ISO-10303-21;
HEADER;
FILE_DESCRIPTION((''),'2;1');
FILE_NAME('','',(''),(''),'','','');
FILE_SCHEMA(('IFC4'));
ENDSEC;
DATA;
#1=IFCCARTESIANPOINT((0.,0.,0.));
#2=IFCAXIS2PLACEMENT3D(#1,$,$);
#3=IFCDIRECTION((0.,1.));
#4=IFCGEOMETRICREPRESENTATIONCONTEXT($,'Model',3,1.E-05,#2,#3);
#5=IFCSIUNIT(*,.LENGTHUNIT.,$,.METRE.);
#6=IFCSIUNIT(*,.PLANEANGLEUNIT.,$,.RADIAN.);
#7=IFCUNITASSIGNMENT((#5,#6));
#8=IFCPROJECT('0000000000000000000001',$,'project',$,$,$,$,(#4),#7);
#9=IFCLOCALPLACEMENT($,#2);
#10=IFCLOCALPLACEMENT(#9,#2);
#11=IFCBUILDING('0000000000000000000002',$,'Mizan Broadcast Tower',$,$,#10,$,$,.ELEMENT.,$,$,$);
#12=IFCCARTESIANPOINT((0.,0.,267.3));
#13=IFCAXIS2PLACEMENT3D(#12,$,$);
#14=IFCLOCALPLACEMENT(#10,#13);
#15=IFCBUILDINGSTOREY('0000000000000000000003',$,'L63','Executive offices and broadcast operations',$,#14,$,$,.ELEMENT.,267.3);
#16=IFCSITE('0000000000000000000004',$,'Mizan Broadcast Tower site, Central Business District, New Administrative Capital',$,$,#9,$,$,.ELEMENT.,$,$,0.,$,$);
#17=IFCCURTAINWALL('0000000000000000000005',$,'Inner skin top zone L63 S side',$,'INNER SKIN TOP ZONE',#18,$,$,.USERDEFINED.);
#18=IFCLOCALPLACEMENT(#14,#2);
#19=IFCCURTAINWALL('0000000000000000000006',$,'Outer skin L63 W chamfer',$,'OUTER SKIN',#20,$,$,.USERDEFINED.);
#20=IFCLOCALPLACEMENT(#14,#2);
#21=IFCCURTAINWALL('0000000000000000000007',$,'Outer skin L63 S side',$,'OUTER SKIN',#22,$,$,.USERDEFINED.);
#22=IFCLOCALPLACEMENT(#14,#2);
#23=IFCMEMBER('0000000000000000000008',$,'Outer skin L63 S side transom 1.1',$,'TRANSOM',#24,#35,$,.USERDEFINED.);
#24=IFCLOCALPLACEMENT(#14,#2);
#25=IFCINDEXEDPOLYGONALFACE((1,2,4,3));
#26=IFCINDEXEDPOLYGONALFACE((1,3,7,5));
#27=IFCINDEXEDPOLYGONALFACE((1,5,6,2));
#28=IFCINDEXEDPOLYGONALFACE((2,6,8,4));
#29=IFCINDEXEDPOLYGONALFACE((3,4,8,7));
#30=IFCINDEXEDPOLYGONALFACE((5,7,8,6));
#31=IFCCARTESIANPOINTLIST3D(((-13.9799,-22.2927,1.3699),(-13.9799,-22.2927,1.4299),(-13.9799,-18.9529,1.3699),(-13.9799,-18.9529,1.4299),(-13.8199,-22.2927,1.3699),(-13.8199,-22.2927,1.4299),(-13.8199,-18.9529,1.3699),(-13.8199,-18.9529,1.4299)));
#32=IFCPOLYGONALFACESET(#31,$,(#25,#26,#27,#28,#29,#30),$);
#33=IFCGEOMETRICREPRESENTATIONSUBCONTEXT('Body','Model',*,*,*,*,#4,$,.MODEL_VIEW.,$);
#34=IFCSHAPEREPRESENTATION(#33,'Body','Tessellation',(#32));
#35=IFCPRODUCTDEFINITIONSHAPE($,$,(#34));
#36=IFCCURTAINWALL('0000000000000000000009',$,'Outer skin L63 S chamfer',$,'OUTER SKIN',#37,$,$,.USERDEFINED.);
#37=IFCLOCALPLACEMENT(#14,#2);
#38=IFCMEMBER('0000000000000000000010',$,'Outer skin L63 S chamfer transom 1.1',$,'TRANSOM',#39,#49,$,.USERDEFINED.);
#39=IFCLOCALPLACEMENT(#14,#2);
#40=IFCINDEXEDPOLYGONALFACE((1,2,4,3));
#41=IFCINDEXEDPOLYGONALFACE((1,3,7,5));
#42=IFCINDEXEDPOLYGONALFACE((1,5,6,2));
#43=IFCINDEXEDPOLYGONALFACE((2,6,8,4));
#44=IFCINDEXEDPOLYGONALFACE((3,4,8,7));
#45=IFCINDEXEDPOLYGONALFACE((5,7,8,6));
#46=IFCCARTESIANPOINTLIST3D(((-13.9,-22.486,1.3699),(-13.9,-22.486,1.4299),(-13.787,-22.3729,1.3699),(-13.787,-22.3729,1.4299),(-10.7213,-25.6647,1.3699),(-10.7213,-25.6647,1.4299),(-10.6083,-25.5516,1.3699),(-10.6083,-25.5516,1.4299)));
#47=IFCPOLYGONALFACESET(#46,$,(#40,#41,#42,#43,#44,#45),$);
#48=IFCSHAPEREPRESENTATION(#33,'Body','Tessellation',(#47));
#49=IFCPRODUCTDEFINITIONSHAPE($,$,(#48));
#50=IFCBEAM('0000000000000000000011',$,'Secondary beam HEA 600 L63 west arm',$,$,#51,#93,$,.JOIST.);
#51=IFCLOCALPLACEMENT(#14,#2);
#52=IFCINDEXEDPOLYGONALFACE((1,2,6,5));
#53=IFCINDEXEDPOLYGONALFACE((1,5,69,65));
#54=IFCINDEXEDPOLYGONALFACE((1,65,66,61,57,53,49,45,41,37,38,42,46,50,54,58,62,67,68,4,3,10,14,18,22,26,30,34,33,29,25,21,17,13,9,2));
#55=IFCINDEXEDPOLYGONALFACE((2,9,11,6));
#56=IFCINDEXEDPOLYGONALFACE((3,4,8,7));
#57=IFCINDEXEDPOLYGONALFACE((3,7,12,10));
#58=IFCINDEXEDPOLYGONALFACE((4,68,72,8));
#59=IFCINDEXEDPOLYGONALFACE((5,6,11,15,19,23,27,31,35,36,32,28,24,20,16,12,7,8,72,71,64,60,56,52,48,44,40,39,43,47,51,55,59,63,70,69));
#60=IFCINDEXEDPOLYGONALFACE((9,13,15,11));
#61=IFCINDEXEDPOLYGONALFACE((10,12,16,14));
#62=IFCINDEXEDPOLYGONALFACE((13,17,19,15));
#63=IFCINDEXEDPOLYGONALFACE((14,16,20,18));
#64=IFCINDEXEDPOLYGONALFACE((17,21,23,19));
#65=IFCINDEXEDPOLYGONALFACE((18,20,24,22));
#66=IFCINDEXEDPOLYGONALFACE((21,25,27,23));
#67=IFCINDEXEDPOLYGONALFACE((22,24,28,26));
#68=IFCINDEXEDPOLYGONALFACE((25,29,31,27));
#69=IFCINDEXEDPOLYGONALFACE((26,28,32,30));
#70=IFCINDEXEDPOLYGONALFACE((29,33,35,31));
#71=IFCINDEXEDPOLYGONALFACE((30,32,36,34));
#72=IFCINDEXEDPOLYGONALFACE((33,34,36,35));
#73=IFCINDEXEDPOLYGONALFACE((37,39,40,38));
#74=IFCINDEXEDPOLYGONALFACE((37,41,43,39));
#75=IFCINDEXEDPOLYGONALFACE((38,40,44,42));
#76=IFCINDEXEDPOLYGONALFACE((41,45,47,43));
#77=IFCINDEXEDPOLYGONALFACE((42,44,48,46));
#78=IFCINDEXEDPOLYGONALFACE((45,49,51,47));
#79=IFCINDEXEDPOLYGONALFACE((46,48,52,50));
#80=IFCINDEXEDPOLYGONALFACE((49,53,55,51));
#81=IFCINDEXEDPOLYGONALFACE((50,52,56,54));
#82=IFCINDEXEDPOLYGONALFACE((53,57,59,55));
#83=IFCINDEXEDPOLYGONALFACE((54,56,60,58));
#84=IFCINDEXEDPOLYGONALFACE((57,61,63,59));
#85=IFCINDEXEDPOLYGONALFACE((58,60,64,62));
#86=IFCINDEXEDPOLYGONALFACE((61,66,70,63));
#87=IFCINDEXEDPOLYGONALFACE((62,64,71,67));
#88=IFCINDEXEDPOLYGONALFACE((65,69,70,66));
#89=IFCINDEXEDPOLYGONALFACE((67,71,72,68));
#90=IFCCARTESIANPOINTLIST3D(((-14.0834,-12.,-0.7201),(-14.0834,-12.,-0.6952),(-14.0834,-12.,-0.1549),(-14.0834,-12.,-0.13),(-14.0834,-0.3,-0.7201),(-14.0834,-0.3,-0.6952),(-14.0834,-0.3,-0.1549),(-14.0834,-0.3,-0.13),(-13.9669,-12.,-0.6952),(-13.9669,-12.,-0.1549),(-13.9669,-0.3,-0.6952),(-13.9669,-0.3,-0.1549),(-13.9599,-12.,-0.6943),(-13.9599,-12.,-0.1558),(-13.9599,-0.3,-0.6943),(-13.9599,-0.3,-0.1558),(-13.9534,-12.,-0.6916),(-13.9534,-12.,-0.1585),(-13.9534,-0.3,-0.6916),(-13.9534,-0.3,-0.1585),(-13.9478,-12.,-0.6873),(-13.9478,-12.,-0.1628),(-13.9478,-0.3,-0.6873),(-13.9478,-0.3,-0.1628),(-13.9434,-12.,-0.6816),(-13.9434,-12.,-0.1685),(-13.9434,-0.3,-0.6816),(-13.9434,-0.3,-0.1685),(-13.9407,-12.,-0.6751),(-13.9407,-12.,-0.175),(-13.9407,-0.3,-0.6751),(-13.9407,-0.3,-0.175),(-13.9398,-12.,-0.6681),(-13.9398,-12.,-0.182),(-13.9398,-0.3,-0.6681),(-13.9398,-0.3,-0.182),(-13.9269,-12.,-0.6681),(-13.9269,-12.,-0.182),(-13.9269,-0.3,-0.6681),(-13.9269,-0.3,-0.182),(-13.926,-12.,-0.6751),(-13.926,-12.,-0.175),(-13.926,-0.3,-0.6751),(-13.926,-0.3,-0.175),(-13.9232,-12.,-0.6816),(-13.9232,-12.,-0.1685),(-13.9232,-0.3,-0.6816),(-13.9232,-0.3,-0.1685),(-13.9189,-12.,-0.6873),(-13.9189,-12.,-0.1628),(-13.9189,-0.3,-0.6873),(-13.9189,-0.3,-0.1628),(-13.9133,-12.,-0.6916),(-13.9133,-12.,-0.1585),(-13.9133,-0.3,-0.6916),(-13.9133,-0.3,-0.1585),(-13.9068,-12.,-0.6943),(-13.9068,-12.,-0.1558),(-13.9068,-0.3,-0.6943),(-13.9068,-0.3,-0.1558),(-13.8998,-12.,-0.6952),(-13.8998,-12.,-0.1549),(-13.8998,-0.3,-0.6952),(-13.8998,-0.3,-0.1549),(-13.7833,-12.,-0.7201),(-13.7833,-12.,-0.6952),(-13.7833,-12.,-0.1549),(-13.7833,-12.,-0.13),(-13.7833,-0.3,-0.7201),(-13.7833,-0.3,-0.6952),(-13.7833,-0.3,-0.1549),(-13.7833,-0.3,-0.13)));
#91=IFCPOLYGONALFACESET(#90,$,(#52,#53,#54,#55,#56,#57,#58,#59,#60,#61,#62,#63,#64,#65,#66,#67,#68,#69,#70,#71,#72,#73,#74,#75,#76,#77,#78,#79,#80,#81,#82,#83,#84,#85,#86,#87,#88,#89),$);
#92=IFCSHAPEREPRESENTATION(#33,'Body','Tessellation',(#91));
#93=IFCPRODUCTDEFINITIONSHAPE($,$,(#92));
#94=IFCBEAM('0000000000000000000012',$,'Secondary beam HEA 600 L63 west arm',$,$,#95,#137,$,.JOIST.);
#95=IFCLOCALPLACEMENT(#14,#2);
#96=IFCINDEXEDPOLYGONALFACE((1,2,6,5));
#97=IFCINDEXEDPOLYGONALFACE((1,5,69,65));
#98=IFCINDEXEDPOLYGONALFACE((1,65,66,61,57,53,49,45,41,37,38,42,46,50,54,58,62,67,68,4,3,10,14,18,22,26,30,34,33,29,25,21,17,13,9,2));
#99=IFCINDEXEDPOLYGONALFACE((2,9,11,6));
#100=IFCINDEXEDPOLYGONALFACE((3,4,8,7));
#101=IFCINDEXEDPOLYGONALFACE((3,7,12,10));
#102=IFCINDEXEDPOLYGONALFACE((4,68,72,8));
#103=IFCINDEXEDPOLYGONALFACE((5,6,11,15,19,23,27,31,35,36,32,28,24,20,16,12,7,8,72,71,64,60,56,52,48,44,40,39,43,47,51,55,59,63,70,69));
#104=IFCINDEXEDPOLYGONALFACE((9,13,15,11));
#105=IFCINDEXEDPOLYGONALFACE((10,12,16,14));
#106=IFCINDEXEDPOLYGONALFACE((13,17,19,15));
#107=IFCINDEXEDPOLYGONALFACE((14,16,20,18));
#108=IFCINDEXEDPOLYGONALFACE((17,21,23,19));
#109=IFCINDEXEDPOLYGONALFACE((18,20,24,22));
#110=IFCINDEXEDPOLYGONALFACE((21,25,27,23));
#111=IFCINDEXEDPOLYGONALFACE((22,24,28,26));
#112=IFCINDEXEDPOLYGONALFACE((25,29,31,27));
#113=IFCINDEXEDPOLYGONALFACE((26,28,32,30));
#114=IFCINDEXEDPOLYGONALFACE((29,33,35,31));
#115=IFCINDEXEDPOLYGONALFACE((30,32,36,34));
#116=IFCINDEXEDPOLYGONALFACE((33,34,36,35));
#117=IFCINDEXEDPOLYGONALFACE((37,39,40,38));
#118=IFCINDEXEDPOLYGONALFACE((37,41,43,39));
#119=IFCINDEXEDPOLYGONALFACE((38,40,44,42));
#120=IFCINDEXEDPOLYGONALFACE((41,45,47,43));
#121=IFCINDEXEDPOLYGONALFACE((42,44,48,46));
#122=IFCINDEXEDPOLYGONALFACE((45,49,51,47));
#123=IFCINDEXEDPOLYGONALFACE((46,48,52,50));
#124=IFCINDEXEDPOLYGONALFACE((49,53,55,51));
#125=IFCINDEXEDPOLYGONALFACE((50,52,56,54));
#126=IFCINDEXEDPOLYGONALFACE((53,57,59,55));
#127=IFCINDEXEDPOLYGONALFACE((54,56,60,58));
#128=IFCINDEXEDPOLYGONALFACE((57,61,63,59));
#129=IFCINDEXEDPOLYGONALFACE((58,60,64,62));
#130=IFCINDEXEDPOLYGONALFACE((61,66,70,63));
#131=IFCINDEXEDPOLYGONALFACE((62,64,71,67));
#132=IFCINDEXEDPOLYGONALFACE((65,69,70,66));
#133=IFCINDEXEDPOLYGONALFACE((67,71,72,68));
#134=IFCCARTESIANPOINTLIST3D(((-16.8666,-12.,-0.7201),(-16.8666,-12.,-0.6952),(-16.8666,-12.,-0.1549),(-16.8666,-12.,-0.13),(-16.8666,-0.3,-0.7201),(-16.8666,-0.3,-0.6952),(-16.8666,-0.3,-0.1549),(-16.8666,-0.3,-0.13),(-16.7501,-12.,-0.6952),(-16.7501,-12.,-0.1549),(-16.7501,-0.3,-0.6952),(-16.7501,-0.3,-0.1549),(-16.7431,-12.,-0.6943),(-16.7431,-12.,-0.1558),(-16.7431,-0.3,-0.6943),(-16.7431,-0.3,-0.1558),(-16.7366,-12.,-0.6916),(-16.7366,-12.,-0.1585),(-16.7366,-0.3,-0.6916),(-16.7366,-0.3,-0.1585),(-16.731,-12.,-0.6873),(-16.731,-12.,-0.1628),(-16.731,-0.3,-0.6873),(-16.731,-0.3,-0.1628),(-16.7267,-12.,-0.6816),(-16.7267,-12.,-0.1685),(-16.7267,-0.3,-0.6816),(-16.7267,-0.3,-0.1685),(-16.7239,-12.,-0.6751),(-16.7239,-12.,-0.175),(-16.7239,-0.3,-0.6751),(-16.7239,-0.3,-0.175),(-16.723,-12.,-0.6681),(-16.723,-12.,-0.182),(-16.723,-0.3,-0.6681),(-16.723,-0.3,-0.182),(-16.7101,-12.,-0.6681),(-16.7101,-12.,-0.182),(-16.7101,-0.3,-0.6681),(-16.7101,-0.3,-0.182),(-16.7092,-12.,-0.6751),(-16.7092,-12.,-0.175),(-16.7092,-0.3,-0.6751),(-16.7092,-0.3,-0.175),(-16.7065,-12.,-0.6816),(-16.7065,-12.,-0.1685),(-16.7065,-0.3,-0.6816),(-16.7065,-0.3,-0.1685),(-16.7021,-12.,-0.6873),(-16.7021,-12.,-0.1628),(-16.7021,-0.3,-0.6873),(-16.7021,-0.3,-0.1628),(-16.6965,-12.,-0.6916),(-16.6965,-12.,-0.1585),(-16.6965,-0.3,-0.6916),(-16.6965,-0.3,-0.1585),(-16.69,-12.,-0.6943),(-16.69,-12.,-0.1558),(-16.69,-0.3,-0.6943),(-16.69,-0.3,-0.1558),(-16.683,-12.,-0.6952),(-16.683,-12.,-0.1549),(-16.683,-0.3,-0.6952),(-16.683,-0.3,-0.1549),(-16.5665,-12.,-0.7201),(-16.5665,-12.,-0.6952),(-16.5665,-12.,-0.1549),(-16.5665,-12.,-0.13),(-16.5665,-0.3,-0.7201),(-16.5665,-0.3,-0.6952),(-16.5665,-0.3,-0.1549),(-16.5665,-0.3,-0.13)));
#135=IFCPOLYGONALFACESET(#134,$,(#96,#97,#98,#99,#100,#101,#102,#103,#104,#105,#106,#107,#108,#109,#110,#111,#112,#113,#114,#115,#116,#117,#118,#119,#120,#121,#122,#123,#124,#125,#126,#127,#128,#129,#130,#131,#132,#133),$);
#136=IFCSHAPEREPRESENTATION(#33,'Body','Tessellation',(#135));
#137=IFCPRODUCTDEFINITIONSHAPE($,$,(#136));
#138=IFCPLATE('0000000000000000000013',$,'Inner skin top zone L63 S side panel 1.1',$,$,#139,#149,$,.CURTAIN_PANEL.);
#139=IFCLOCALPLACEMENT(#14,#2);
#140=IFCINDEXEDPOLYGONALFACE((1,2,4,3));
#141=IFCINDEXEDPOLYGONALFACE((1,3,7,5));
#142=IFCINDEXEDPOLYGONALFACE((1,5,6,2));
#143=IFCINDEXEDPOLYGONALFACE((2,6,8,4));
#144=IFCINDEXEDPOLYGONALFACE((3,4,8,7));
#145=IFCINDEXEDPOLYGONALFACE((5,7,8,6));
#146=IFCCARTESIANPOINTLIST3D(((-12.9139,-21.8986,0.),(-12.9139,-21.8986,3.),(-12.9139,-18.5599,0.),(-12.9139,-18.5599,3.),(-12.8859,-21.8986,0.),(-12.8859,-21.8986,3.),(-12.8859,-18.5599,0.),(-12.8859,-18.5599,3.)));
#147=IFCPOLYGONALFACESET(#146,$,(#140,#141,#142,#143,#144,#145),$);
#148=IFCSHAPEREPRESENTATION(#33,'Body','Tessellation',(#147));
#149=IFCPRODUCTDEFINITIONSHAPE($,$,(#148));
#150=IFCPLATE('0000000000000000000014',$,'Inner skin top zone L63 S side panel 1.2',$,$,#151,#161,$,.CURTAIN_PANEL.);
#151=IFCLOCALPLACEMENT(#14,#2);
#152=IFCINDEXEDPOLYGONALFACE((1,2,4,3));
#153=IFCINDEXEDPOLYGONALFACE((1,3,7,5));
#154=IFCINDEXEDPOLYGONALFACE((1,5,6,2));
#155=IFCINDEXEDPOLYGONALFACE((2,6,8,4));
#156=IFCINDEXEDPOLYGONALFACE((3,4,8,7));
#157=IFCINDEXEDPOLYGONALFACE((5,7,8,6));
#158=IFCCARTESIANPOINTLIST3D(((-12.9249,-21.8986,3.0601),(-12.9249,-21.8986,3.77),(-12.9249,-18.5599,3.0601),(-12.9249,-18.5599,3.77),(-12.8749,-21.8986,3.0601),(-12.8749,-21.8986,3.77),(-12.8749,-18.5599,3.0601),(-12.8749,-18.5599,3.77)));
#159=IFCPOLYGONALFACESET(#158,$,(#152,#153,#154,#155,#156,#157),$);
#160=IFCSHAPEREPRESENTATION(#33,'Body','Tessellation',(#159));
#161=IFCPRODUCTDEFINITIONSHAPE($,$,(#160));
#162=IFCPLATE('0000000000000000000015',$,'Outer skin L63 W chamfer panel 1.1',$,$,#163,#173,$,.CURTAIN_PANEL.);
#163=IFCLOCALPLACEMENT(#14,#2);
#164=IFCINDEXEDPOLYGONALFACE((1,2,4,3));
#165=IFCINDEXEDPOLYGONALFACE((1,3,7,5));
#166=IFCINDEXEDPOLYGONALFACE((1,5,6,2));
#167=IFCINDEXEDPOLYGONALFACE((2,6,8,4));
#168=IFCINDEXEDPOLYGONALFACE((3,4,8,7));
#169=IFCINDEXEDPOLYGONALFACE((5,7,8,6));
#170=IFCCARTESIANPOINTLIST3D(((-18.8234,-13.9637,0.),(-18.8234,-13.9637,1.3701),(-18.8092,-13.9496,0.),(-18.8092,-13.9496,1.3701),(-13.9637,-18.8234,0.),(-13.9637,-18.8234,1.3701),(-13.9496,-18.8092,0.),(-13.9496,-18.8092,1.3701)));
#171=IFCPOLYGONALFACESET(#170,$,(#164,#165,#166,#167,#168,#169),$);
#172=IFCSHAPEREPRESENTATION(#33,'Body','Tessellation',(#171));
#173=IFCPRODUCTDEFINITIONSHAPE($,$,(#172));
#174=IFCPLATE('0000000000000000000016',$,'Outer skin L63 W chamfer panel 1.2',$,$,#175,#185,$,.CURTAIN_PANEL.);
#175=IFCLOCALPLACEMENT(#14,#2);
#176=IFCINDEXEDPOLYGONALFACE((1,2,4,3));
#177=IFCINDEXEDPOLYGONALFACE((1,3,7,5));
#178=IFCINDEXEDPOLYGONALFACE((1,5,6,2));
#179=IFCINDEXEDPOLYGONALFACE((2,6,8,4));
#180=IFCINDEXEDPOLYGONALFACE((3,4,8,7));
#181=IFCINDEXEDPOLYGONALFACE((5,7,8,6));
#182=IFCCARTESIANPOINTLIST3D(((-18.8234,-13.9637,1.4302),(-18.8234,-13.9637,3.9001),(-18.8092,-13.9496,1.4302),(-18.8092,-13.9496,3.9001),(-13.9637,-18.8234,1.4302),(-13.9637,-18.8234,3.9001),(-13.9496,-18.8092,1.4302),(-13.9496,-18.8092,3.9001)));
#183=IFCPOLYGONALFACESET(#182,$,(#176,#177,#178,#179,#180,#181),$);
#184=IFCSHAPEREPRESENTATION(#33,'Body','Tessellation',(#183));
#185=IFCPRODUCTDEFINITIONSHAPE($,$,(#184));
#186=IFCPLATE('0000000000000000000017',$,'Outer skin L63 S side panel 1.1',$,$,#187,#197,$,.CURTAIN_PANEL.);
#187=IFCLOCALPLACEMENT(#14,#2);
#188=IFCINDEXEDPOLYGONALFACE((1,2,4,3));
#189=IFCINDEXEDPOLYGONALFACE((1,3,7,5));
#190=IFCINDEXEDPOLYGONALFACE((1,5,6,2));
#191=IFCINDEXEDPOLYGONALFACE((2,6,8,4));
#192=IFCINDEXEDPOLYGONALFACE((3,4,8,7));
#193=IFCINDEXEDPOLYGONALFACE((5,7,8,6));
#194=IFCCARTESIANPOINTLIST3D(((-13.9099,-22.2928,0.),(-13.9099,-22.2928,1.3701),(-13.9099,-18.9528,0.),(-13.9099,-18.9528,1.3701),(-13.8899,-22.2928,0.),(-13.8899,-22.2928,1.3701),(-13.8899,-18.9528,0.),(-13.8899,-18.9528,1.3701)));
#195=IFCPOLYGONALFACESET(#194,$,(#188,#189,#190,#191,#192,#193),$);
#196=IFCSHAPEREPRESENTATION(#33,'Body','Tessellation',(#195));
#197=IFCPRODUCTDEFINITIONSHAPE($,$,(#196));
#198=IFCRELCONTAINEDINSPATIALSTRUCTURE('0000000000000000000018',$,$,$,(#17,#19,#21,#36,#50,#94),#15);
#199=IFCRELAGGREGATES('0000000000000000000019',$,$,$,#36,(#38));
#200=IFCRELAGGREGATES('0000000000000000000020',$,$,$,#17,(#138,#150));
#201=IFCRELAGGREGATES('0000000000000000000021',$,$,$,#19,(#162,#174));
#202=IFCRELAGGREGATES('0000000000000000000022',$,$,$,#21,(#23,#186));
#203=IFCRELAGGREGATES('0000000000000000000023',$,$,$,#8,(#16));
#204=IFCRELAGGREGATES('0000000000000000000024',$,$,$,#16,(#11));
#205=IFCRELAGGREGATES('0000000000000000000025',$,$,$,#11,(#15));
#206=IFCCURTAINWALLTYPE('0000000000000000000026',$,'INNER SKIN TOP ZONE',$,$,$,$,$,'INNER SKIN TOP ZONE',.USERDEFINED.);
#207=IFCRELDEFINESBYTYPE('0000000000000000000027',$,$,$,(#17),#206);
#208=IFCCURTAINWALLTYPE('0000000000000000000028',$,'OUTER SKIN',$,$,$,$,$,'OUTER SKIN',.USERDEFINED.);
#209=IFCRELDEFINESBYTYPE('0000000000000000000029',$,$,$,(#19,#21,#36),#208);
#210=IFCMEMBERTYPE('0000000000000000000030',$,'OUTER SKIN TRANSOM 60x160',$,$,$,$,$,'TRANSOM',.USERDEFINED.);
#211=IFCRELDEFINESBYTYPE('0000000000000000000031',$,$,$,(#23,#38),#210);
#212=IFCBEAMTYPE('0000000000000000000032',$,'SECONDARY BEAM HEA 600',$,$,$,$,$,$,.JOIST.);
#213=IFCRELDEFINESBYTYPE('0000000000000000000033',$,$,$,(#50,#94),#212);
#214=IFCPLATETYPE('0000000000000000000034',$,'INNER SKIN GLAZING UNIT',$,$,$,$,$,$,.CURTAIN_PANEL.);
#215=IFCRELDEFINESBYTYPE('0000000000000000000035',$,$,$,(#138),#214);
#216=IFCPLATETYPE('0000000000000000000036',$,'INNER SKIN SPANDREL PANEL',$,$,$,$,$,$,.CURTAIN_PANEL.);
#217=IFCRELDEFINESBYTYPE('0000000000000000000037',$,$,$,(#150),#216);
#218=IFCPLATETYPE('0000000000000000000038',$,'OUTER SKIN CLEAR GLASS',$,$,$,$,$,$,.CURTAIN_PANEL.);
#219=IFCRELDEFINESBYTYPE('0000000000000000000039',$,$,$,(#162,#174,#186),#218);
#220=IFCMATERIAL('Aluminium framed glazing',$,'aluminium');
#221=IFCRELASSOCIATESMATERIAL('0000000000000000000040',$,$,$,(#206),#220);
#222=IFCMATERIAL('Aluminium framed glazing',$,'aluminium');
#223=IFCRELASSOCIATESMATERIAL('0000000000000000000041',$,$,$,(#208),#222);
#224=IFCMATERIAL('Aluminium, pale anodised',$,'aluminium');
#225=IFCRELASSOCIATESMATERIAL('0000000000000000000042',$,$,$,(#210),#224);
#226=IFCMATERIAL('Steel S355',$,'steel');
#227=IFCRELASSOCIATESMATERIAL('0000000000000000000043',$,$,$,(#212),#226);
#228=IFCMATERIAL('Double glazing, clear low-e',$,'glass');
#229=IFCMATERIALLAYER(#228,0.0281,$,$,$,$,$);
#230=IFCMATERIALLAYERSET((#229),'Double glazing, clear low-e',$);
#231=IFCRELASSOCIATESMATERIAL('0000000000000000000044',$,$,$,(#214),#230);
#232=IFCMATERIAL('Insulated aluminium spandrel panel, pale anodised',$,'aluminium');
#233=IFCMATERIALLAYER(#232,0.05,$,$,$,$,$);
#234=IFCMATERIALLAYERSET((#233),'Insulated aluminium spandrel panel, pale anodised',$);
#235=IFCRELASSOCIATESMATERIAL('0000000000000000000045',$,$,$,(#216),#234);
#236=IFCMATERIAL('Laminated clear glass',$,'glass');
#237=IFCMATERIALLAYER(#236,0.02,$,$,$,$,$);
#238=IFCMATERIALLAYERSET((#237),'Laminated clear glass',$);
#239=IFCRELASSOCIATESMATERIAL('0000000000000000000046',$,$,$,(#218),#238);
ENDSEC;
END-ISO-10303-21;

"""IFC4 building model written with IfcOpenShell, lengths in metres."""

from ifc_helpers import new_model, si_unit, direction, frame, origin, origin_2d, place, context, subcontext, project, spatial, rectangle, i_section, extrude, material, layer, layer_set, material_profile, profile_set, type_object, element, aggregate, save


model = new_model("IFC4")

# Units and contexts
model_context = context("Model", 3, precision=1e-05, world=origin(), true_north=direction((0.0, 1.0)))
body_context = subcontext(model_context, "Body", "Model", "MODEL_VIEW")
ifc_project = project(units=[si_unit("LENGTHUNIT", "METRE"), si_unit("PLANEANGLEUNIT", "RADIAN")], contexts=[model_context])

# Site, building, storey
site_placement = place(None, origin())
site = spatial("IfcSite", under=ifc_project, at=site_placement, Name="Mizan Broadcast Tower site, Central Business District, New Administrative Capital", CompositionType="ELEMENT", RefElevation=0.0)
building_placement = place(site_placement, origin())
building = spatial("IfcBuilding", under=site, at=building_placement, Name="Mizan Broadcast Tower", CompositionType="ELEMENT")
storey_placement = place(building_placement, frame((0.0, 0.0, 267.3)))
storey = spatial("IfcBuildingStorey", under=building, at=storey_placement, Name="L63", Description="Executive offices and broadcast operations", CompositionType="ELEMENT", Elevation=267.3)

# Shared definitions
ifc_material_1 = material(Name="Aluminium framed glazing", Category="aluminium")
curtain_wall_type_1 = type_object("IfcCurtainWallType", Name="INNER SKIN TOP ZONE", ElementType="INNER SKIN TOP ZONE", PredefinedType="USERDEFINED", material=ifc_material_1)

# Curtain wall
curtain_wall_1_placement = place(storey_placement, origin())
curtain_wall_1 = element("IfcCurtainWall", 1, at=curtain_wall_1_placement, inside=storey, type_object=curtain_wall_type_1, Name="Inner skin top zone L63 S side", ObjectType="INNER SKIN TOP ZONE", PredefinedType="USERDEFINED")

# Curtain walls
ifc_material_2 = material(Name="Aluminium framed glazing", Category="aluminium")
curtain_wall_type_2 = type_object("IfcCurtainWallType", Name="OUTER SKIN", ElementType="OUTER SKIN", PredefinedType="USERDEFINED", material=ifc_material_2)
curtain_wall_2_placement = place(storey_placement, origin())
curtain_wall_2 = element("IfcCurtainWall", 2, at=curtain_wall_2_placement, inside=storey, type_object=curtain_wall_type_2, Name="Outer skin L63 W chamfer", ObjectType="OUTER SKIN", PredefinedType="USERDEFINED")
curtain_wall_3_placement = place(storey_placement, origin())
curtain_wall_3 = element("IfcCurtainWall", 3, at=curtain_wall_3_placement, inside=storey, type_object=curtain_wall_type_2, Name="Outer skin L63 S side", ObjectType="OUTER SKIN", PredefinedType="USERDEFINED")

# Member
ifc_material_3 = material(Name="Aluminium, pale anodised", Category="aluminium")
ifc_material_profile_1 = material_profile(ifc_material_3, rectangle(XDim=0.1599, YDim=0.0601, at=origin_2d()), Name="TRANSOM 160x60")
ifc_profile_set_1 = profile_set([ifc_material_profile_1], Name="Aluminium, pale anodised")
member_type_1 = type_object("IfcMemberType", Name="OUTER SKIN TRANSOM 60x160", ElementType="TRANSOM", PredefinedType="USERDEFINED", material=ifc_profile_set_1)
member_1_placement = place(storey_placement, frame((-13.8999, -18.9529, 1.3999), z_axis=(0.0, -1.0, 0.0), x_axis=(1.0, 0.0, 0.0)))
member_1 = element("IfcMember", 4, at=member_1_placement, type_object=member_type_1, Name="Outer skin L63 S side transom 1.1", ObjectType="TRANSOM", PredefinedType="USERDEFINED", context=body_context, shape_type="SweptSolid", body=[
    extrude(rectangle(XDim=0.1599, YDim=0.0601, at=origin_2d()), origin(), (0.0, 0.0, 1.0), 3.3398),
])

# Curtain wall, member
curtain_wall_4_placement = place(storey_placement, origin())
curtain_wall_4 = element("IfcCurtainWall", 5, at=curtain_wall_4_placement, inside=storey, type_object=curtain_wall_type_2, Name="Outer skin L63 S chamfer", ObjectType="OUTER SKIN", PredefinedType="USERDEFINED")
member_2_placement = place(storey_placement, frame((-13.8435, -22.4294, 1.3999), z_axis=(0.707107, -0.707107, 0.0), x_axis=(0.707107, 0.707107, 0.0)))
member_2 = element("IfcMember", 6, at=member_2_placement, type_object=member_type_1, Name="Outer skin L63 S chamfer transom 1.1", ObjectType="TRANSOM", PredefinedType="USERDEFINED", context=body_context, shape_type="SweptSolid", body=[
    extrude(rectangle(XDim=0.1599, YDim=0.0601, at=origin_2d()), origin(), (0.0, 0.0, 1.0), 4.4954),
])
aggregate(curtain_wall_4, [member_2])

# Beams
ifc_material_4 = material(Name="Steel S355", Category="steel")
ifc_material_profile_2 = material_profile(ifc_material_4, i_section(OverallWidth=0.3, OverallDepth=0.5901, WebThickness=0.0129, FlangeThickness=0.0249, FilletRadius=0.0271, at=origin_2d()), Name="HEA 600")
ifc_profile_set_2 = profile_set([ifc_material_profile_2], Name="Steel S355")
beam_type_1 = type_object("IfcBeamType", Name="SECONDARY BEAM HEA 600", PredefinedType="JOIST", material=ifc_profile_set_2)
for number, where, z_axis, x_axis, name in (
    (7, (-13.9333, -12.0, -0.425), (0.0, 1.0, 0.0), (-1.0, 0.0, 0.0), "Secondary beam HEA 600 L63 west arm"),
    (8, (-16.7166, -12.0, -0.425), (0.0, 1.0, 0.0), (-1.0, 0.0, 0.0), "Secondary beam HEA 600 L63 west arm"),
):
    element("IfcBeam", number, at=place(storey_placement, frame(where, z_axis=z_axis, x_axis=x_axis)), inside=storey, type_object=beam_type_1, Name=name, PredefinedType="JOIST", context=body_context, shape_type="SweptSolid", body=[
        extrude(i_section(OverallWidth=0.3, OverallDepth=0.5901, WebThickness=0.0129, FlangeThickness=0.0249, FilletRadius=0.0271, at=origin_2d()), origin(), (0.0, 0.0, 1.0), 11.7),
    ])

# Plates
ifc_material_5 = material(Name="Double glazing, clear low-e", Category="glass")
ifc_layer_1 = layer(ifc_material_5, 0.0281)
ifc_layer_set_1 = layer_set([ifc_layer_1], Name="Double glazing, clear low-e")
plate_type_1 = type_object("IfcPlateType", Name="INNER SKIN GLAZING UNIT", PredefinedType="CURTAIN_PANEL", material=ifc_layer_set_1)
plate_1_placement = place(storey_placement, frame((-12.8999, -20.2292, 0.0), z_axis=(0.0, 0.0, 1.0), x_axis=(0.0, -1.0, 0.0)))
plate_1 = element("IfcPlate", 9, at=plate_1_placement, type_object=plate_type_1, Name="Inner skin top zone L63 S side panel 1.1", PredefinedType="CURTAIN_PANEL", context=body_context, shape_type="SweptSolid", body=[
    extrude(rectangle(XDim=3.3386, YDim=0.0281, at=origin_2d()), origin(), (0.0, 0.0, 1.0), 3.0),
])
ifc_material_6 = material(Name="Insulated aluminium spandrel panel, pale anodised", Category="aluminium")
ifc_layer_2 = layer(ifc_material_6, 0.05)
ifc_layer_set_2 = layer_set([ifc_layer_2], Name="Insulated aluminium spandrel panel, pale anodised")
plate_type_2 = type_object("IfcPlateType", Name="INNER SKIN SPANDREL PANEL", PredefinedType="CURTAIN_PANEL", material=ifc_layer_set_2)
plate_2_placement = place(storey_placement, frame((-12.8999, -20.2292, 3.0601), z_axis=(0.0, 0.0, 1.0), x_axis=(0.0, -1.0, 0.0)))
plate_2 = element("IfcPlate", 10, at=plate_2_placement, type_object=plate_type_2, Name="Inner skin top zone L63 S side panel 1.2", PredefinedType="CURTAIN_PANEL", context=body_context, shape_type="SweptSolid", body=[
    extrude(rectangle(XDim=3.3386, YDim=0.05, at=origin_2d()), origin(), (0.0, 0.0, 1.0), 0.71),
])
aggregate(curtain_wall_1, [plate_1, plate_2])
ifc_material_7 = material(Name="Laminated clear glass", Category="glass")
ifc_layer_3 = layer(ifc_material_7, 0.02)
ifc_layer_set_3 = layer_set([ifc_layer_3], Name="Laminated clear glass")
plate_type_3 = type_object("IfcPlateType", Name="OUTER SKIN CLEAR GLASS", PredefinedType="CURTAIN_PANEL", material=ifc_layer_set_3)
plate_3_placement = place(storey_placement, frame((-16.3865, -16.3865, 0.0), z_axis=(0.0, 0.0, 1.0), x_axis=(0.707107, -0.707107, 0.0)))
plate_3 = element("IfcPlate", 11, at=plate_3_placement, type_object=plate_type_3, Name="Outer skin L63 W chamfer panel 1.1", PredefinedType="CURTAIN_PANEL", context=body_context, shape_type="SweptSolid", body=[
    extrude(rectangle(XDim=6.8726, YDim=0.02, at=origin_2d()), origin(), (0.0, 0.0, 1.0), 1.3701),
])
plate_4_placement = place(storey_placement, frame((-16.3865, -16.3865, 1.4302), z_axis=(0.0, 0.0, 1.0), x_axis=(0.707107, -0.707107, 0.0)))
plate_4 = element("IfcPlate", 12, at=plate_4_placement, type_object=plate_type_3, Name="Outer skin L63 W chamfer panel 1.2", PredefinedType="CURTAIN_PANEL", context=body_context, shape_type="SweptSolid", body=[
    extrude(rectangle(XDim=6.8726, YDim=0.02, at=origin_2d()), origin(), (0.0, 0.0, 1.0), 2.47),
])
aggregate(curtain_wall_2, [plate_3, plate_4])
plate_5_placement = place(storey_placement, frame((-13.8999, -20.6228, 0.0), z_axis=(0.0, 0.0, 1.0), x_axis=(0.0, -1.0, 0.0)))
plate_5 = element("IfcPlate", 13, at=plate_5_placement, type_object=plate_type_3, Name="Outer skin L63 S side panel 1.1", PredefinedType="CURTAIN_PANEL", context=body_context, shape_type="SweptSolid", body=[
    extrude(rectangle(XDim=3.3401, YDim=0.02, at=origin_2d()), origin(), (0.0, 0.0, 1.0), 1.3701),
])
aggregate(curtain_wall_3, [member_1, plate_5])

save(model, "model.ifc")
